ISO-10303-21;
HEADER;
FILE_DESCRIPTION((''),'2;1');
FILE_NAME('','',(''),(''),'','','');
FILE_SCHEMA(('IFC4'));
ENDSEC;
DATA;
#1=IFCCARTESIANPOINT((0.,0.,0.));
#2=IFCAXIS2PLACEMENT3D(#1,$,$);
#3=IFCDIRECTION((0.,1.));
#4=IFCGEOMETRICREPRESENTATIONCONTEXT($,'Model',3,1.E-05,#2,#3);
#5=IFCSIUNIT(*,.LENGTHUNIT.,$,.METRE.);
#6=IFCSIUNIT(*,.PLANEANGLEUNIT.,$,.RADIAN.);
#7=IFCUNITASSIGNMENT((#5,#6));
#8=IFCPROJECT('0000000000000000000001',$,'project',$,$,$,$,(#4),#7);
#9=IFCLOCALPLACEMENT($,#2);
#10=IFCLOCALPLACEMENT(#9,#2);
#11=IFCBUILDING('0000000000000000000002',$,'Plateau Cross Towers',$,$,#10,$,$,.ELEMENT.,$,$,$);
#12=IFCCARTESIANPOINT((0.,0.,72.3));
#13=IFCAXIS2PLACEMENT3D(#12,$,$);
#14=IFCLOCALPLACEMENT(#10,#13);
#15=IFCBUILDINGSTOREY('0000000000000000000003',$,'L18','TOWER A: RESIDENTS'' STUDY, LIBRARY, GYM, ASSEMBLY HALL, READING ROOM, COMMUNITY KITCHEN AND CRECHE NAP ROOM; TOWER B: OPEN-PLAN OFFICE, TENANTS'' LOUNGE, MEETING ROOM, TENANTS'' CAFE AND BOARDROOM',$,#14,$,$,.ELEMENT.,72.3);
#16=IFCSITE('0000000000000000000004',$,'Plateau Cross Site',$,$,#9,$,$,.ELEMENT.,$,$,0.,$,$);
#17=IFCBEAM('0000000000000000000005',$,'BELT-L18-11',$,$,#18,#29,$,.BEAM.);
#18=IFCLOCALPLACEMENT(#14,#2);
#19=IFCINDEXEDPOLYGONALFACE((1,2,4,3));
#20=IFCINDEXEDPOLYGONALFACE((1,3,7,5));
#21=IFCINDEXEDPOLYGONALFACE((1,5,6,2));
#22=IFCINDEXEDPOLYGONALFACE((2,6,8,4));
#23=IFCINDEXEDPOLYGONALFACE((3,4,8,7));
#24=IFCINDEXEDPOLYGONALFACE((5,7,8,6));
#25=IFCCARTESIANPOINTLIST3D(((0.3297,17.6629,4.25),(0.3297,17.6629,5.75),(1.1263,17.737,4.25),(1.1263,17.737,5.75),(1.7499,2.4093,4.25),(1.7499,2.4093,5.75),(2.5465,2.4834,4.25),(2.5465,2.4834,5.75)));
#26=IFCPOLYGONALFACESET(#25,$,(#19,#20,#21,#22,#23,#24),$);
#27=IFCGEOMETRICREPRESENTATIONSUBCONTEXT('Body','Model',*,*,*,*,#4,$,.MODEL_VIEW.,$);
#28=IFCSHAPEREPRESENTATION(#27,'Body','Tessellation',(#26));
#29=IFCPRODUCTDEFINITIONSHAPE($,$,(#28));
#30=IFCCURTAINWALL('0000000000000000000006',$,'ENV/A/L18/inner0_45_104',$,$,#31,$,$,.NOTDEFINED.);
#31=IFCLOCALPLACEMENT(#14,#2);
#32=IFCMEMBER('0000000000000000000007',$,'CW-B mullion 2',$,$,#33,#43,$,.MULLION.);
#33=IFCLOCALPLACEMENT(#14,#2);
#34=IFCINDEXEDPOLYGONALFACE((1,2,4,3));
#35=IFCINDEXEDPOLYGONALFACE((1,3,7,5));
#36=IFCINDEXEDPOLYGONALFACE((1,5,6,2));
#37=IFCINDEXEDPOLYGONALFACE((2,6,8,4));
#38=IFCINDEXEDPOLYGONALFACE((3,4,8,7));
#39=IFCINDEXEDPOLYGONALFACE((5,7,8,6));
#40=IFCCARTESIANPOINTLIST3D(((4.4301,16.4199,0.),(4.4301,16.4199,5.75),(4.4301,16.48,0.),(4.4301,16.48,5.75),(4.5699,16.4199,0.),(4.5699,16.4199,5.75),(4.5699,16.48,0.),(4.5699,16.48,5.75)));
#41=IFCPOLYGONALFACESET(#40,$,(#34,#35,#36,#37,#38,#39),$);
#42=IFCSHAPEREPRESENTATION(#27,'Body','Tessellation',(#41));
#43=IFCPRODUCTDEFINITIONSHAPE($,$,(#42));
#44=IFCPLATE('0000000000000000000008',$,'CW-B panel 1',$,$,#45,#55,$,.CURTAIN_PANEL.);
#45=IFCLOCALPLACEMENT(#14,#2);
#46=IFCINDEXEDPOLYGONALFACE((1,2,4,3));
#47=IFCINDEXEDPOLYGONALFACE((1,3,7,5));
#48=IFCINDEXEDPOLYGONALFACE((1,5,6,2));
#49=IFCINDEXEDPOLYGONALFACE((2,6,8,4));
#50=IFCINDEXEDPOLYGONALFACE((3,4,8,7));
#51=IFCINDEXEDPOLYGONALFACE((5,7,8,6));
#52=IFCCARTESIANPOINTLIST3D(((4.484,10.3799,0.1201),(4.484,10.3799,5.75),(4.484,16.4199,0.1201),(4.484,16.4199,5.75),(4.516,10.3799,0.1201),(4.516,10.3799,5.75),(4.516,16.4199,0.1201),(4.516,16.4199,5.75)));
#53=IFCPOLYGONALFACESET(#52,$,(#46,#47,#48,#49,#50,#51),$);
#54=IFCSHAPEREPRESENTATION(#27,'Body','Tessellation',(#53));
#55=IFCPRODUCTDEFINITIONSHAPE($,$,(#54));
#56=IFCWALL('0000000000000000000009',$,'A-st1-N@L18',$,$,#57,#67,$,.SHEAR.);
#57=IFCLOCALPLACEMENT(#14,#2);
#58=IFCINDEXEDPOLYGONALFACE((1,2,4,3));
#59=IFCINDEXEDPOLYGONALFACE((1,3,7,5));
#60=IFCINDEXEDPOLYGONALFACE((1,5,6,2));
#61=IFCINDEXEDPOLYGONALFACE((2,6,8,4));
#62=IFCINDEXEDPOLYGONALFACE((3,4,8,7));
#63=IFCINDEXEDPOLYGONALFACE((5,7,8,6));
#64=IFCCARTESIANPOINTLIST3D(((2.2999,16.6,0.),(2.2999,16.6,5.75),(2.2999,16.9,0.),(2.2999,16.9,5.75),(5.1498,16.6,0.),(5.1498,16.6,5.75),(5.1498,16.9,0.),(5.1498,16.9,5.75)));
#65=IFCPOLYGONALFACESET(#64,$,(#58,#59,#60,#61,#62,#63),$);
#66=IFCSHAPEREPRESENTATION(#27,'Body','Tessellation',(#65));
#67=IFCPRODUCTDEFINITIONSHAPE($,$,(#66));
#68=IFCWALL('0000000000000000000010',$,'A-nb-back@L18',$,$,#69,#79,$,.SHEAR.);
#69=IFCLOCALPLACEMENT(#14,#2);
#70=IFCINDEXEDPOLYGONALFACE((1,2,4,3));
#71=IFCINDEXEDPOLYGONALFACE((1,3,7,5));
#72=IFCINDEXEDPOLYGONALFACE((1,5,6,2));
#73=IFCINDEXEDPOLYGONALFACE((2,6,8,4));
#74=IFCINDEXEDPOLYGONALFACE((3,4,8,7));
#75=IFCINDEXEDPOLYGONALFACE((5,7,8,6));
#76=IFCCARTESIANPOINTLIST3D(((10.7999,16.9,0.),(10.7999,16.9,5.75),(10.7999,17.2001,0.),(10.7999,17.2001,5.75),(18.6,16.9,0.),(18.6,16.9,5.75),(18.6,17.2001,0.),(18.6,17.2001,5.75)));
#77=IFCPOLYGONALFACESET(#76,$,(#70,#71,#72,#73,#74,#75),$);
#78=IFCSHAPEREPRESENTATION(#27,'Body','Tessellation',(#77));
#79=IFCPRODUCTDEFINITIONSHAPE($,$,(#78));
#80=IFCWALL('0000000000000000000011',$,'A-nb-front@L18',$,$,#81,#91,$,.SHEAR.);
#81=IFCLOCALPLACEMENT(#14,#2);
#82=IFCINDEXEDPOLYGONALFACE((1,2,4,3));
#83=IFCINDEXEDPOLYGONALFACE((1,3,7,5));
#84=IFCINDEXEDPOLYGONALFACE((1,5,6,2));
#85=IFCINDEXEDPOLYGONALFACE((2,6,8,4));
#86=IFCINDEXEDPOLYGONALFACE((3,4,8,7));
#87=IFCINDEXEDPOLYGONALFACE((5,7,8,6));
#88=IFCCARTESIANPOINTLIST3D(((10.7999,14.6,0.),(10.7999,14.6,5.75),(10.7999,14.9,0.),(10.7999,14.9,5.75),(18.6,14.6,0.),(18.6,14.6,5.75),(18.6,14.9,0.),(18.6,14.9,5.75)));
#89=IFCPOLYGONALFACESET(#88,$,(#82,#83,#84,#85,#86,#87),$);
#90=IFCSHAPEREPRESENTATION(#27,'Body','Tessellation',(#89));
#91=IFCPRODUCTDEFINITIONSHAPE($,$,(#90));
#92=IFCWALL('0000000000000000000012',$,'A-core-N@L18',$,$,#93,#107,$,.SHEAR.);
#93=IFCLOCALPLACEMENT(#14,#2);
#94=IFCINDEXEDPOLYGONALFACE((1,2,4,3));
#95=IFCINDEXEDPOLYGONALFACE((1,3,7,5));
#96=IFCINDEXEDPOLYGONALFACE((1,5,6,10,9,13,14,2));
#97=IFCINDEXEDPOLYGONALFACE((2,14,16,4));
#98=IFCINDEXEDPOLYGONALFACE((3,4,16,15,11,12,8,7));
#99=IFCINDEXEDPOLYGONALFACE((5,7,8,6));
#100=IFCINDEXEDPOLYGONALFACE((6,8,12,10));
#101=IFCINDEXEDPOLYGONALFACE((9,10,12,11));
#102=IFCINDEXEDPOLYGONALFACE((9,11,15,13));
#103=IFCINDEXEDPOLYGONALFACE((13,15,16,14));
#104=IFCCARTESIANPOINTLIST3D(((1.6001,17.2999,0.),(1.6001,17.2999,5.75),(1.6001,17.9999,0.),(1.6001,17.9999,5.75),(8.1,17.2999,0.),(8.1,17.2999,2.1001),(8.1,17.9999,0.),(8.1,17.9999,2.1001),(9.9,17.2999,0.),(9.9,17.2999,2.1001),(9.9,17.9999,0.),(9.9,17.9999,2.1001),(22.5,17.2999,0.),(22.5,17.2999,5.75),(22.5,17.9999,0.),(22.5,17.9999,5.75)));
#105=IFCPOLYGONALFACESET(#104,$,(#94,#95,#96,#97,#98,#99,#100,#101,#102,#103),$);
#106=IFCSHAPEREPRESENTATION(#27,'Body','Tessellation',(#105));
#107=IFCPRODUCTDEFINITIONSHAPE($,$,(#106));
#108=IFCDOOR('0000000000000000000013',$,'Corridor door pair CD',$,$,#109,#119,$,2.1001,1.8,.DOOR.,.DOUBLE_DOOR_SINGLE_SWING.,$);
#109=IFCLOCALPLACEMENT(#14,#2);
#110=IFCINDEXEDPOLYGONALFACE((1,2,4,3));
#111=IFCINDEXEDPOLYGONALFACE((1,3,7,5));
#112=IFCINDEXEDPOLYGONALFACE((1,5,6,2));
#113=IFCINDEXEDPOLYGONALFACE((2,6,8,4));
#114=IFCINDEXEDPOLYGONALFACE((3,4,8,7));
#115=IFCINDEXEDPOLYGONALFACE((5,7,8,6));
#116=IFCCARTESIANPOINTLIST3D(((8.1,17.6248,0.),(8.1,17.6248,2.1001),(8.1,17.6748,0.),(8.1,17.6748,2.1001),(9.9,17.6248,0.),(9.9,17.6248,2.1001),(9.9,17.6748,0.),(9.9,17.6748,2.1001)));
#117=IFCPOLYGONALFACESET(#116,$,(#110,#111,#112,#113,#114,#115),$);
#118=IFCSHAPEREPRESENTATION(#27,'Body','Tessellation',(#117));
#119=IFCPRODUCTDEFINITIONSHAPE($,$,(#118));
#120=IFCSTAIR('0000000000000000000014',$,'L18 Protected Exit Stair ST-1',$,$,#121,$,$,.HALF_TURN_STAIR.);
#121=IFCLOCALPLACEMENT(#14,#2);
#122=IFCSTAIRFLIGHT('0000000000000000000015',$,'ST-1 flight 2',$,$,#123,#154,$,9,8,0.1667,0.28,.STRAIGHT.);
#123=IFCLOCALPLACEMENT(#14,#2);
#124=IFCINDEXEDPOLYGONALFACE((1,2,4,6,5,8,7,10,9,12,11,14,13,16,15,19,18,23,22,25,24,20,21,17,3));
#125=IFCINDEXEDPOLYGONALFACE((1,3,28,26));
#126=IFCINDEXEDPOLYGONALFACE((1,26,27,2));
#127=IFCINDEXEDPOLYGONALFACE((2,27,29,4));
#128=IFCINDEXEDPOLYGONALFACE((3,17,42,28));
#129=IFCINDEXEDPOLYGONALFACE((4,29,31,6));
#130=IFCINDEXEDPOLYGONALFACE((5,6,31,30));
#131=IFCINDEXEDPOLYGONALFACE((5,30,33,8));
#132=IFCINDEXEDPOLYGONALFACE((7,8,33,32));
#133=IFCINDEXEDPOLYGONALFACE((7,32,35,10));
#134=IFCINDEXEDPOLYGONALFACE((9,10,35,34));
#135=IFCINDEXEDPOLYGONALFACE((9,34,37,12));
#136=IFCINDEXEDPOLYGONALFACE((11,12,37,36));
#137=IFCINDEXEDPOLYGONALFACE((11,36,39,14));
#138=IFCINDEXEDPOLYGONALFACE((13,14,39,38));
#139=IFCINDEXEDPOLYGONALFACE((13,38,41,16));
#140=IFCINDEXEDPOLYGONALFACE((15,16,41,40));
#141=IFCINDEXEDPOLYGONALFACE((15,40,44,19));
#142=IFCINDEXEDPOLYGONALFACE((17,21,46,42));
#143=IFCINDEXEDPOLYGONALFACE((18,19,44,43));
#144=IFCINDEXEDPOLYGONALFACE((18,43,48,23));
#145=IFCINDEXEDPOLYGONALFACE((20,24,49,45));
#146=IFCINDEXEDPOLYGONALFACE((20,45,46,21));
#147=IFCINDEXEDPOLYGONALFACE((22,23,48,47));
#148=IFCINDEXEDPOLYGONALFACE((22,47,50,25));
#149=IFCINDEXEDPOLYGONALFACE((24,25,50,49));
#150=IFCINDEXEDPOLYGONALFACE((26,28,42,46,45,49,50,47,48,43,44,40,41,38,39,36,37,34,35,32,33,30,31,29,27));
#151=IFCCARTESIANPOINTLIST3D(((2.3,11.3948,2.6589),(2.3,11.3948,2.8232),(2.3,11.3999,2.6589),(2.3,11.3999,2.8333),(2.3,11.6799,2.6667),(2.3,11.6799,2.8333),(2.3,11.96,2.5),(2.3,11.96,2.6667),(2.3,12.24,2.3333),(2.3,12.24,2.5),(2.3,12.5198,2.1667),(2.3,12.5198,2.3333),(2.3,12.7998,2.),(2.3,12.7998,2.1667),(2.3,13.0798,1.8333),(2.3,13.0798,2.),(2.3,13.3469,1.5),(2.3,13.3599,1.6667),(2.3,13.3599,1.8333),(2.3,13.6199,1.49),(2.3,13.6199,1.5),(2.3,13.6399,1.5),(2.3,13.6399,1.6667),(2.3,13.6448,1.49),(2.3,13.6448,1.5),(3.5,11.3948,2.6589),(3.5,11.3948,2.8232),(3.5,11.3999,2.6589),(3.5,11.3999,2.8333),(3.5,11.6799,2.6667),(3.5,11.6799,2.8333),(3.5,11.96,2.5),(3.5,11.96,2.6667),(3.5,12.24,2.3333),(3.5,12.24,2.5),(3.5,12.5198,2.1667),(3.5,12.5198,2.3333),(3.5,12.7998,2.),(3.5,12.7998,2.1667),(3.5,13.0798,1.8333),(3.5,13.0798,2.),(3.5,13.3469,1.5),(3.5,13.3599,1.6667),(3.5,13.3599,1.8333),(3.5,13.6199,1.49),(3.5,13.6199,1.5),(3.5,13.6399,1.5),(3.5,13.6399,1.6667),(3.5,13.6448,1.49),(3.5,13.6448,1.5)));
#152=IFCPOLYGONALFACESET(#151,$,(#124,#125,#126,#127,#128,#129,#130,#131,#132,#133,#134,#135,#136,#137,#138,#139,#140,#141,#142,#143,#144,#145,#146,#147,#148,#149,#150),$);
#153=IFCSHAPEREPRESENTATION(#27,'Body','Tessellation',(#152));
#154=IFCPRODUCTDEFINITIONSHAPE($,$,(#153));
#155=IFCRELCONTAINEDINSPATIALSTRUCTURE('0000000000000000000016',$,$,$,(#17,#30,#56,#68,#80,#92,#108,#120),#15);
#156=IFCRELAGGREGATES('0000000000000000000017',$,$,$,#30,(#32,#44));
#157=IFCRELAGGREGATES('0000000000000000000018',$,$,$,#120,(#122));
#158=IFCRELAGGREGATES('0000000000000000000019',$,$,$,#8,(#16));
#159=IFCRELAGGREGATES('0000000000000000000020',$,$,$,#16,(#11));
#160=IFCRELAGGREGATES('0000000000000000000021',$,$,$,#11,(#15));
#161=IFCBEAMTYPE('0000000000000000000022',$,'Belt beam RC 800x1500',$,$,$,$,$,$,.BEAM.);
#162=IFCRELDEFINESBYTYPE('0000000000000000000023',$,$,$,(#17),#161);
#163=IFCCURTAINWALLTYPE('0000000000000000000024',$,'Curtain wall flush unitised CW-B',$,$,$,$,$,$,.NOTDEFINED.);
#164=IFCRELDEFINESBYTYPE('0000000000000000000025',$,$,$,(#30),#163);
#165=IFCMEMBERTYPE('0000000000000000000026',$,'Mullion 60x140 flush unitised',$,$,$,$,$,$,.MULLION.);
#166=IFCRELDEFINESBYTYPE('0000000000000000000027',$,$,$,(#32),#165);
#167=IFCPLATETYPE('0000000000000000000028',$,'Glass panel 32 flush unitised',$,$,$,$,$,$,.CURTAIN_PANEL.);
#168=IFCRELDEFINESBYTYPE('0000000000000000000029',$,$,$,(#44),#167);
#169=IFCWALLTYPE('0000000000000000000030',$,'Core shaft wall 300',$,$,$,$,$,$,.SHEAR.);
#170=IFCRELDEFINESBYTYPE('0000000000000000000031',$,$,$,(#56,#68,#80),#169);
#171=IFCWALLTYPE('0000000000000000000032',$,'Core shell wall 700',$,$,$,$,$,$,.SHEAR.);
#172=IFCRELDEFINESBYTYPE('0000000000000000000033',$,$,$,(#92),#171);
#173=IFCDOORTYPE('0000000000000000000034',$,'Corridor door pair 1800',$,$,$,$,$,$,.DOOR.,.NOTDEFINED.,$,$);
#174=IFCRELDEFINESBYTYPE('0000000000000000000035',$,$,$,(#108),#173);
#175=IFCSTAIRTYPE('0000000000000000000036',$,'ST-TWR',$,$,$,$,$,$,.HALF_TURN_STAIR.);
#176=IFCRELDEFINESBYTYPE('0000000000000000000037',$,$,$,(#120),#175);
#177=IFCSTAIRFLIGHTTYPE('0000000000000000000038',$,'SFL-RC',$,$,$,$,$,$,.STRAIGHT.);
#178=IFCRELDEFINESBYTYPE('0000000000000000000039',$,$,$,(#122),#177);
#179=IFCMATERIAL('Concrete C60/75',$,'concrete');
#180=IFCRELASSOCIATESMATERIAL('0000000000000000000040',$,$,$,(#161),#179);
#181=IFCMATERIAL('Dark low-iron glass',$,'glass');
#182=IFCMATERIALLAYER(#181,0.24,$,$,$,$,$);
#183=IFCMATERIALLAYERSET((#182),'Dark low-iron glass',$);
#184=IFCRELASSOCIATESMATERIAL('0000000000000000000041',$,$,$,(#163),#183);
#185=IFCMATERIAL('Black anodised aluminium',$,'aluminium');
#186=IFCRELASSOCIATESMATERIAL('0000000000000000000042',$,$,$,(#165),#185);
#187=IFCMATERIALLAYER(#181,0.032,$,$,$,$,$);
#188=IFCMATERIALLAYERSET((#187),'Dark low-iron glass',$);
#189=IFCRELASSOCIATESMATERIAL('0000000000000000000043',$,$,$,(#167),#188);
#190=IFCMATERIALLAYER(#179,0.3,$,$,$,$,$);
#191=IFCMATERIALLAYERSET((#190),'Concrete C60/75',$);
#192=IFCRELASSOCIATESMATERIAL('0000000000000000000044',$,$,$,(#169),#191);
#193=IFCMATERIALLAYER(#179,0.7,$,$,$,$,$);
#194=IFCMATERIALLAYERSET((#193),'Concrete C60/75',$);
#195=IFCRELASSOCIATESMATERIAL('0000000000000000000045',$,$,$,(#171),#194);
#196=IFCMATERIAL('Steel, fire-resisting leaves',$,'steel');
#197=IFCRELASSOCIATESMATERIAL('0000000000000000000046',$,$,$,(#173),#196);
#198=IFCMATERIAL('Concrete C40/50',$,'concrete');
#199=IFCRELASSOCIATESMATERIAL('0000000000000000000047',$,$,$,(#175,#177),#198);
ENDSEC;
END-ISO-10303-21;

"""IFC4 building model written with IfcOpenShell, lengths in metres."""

from ifc_helpers import new_model, si_unit, direction, frame, frame_2d, origin, origin_2d, place, context, subcontext, project, spatial, polyline, rectangle, outline, extrude, material, layer, layer_set, material_profile, profile_set, type_object, element, fill, aggregate, save


model = new_model("IFC4")

# Units and contexts
model_context = context("Model", 3, precision=1e-05, world=origin(), true_north=direction((0.0, 1.0)))
body_context = subcontext(model_context, "Body", "Model", "MODEL_VIEW")
ifc_project = project(units=[si_unit("LENGTHUNIT", "METRE"), si_unit("PLANEANGLEUNIT", "RADIAN")], contexts=[model_context])

# Site, building, storey
site_placement = place(None, origin())
site = spatial("IfcSite", under=ifc_project, at=site_placement, Name="Plateau Cross Site", CompositionType="ELEMENT", RefElevation=0.0)
building_placement = place(site_placement, origin())
building = spatial("IfcBuilding", under=site, at=building_placement, Name="Plateau Cross Towers", CompositionType="ELEMENT")
storey_placement = place(building_placement, frame((0.0, 0.0, 72.3)))
storey = spatial("IfcBuildingStorey", under=building, at=storey_placement, Name="L18", Description="TOWER A: RESIDENTS' STUDY, LIBRARY, GYM, ASSEMBLY HALL, READING ROOM, COMMUNITY KITCHEN AND CRECHE NAP ROOM; TOWER B: OPEN-PLAN OFFICE, TENANTS' LOUNGE, MEETING ROOM, TENANTS' CAFE AND BOARDROOM", CompositionType="ELEMENT", Elevation=72.3)

# Beam
ifc_material_1 = material(Name="Concrete C60/75", Category="concrete")
ifc_material_profile_1 = material_profile(ifc_material_1, rectangle(XDim=0.8, YDim=1.5, at=origin_2d()), Name="RC 800x1500")
ifc_profile_set_1 = profile_set([ifc_material_profile_1], Name="Concrete C60/75")
beam_type = type_object("IfcBeamType", Name="Belt beam RC 800x1500", PredefinedType="BEAM", material=ifc_profile_set_1)
beam_placement = place(storey_placement, frame((0.728, 17.7, 5.0), z_axis=(0.092702, -0.995694, 0.0), x_axis=(0.995694, 0.092702, 0.0)))
element("IfcBeam", 1, at=beam_placement, inside=storey, type_object=beam_type, Name="BELT-L18-11", PredefinedType="BEAM", context=body_context, shape_type="SweptSolid", body=[
    extrude(rectangle(XDim=0.8, YDim=1.5, at=origin_2d()), origin(), (0.0, 0.0, 1.0), 15.3196),
])

# Curtain wall, member, plate
ifc_material_2 = material(Name="Dark low-iron glass", Category="glass")
ifc_layer_1 = layer(ifc_material_2, 0.24)
ifc_layer_set_1 = layer_set([ifc_layer_1], Name="Dark low-iron glass")
curtain_wall_type = type_object("IfcCurtainWallType", Name="Curtain wall flush unitised CW-B", PredefinedType="NOTDEFINED", material=ifc_layer_set_1)
curtain_wall_placement = place(storey_placement, origin())
curtain_wall = element("IfcCurtainWall", 2, at=curtain_wall_placement, inside=storey, type_object=curtain_wall_type, Name="ENV/A/L18/inner0_45_104", PredefinedType="NOTDEFINED")
ifc_material_3 = material(Name="Black anodised aluminium", Category="aluminium")
ifc_material_profile_2 = material_profile(ifc_material_3, rectangle(XDim=0.0601, YDim=0.1399, at=origin_2d()), Name="MULLION 60x140")
ifc_profile_set_2 = profile_set([ifc_material_profile_2], Name="Black anodised aluminium")
member_type = type_object("IfcMemberType", Name="Mullion 60x140 flush unitised", PredefinedType="MULLION", material=ifc_profile_set_2)
member_placement = place(storey_placement, frame((4.5, 16.45, 0.0), z_axis=(0.0, 0.0, 1.0), x_axis=(0.0, 1.0, 0.0)))
member = element("IfcMember", 3, at=member_placement, type_object=member_type, Name="CW-B mullion 2", PredefinedType="MULLION", context=body_context, shape_type="SweptSolid", body=[
    extrude(rectangle(XDim=0.0601, YDim=0.1399, at=origin_2d()), origin(), (0.0, 0.0, 1.0), 5.75),
])
ifc_layer_2 = layer(ifc_material_2, 0.032)
ifc_layer_set_2 = layer_set([ifc_layer_2], Name="Dark low-iron glass")
plate_type = type_object("IfcPlateType", Name="Glass panel 32 flush unitised", PredefinedType="CURTAIN_PANEL", material=ifc_layer_set_2)
plate_placement = place(storey_placement, frame((4.5, 13.3999, 0.1201), z_axis=(0.0, 0.0, 1.0), x_axis=(0.0, 1.0, 0.0)))
plate = element("IfcPlate", 4, at=plate_placement, type_object=plate_type, Name="CW-B panel 1", PredefinedType="CURTAIN_PANEL", context=body_context, shape_type="SweptSolid", body=[
    extrude(rectangle(XDim=6.04, YDim=0.032, at=origin_2d()), origin(), (0.0, 0.0, 1.0), 5.6299),
])
aggregate(curtain_wall, [member, plate])

# Walls
ifc_layer_3 = layer(ifc_material_1, 0.3)
ifc_layer_set_3 = layer_set([ifc_layer_3], Name="Concrete C60/75")
wall_type_1 = type_object("IfcWallType", Name="Core shaft wall 300", PredefinedType="SHEAR", material=ifc_layer_set_3)
wall_1_placement = place(storey_placement, frame((2.3, 16.75, 0.0), z_axis=(0.0, 0.0, 1.0), x_axis=(1.0, 0.0, 0.0)))
element("IfcWall", 5, at=wall_1_placement, inside=storey, type_object=wall_type_1, Name="A-st1-N@L18", PredefinedType="SHEAR", context=body_context, shape_type="SweptSolid", body=[
    extrude(rectangle(XDim=2.8499, YDim=0.3, at=frame_2d((1.4248, 0.0))), origin(), (0.0, 0.0, 1.0), 5.75),
])
for number, where, z_axis, x_axis, name in (
    (6, (10.8, 17.05, 0.0), (0.0, 0.0, 1.0), (1.0, 0.0, 0.0), "A-nb-back@L18"),
    (7, (10.8, 14.75, 0.0), (0.0, 0.0, 1.0), (1.0, 0.0, 0.0), "A-nb-front@L18"),
):
    element("IfcWall", number, at=place(storey_placement, frame(where, z_axis=z_axis, x_axis=x_axis)), inside=storey, type_object=wall_type_1, Name=name, PredefinedType="SHEAR", context=body_context, shape_type="SweptSolid", body=[
        extrude(rectangle(XDim=7.8, YDim=0.3, at=frame_2d((3.8999, 0.0))), origin(), (0.0, 0.0, 1.0), 5.75),
    ])

# Wall, opening, door
ifc_layer_4 = layer(ifc_material_1, 0.7)
ifc_layer_set_4 = layer_set([ifc_layer_4], Name="Concrete C60/75")
wall_type_2 = type_object("IfcWallType", Name="Core shell wall 700", PredefinedType="SHEAR", material=ifc_layer_set_4)
wall_2_placement = place(storey_placement, frame((1.6001, 17.6499, 0.0), z_axis=(0.0, 0.0, 1.0), x_axis=(1.0, 0.0, 0.0)))
wall_2 = element("IfcWall", 8, at=wall_2_placement, inside=storey, type_object=wall_type_2, Name="A-core-N@L18", PredefinedType="SHEAR", context=body_context, shape_type="SweptSolid", body=[
    extrude(rectangle(XDim=20.8999, YDim=0.7, at=frame_2d((10.45, 0.0))), origin(), (0.0, 0.0, 1.0), 5.75),
])
opening_placement = place(wall_2_placement, frame((6.5, 0.0, 0.0)))
opening = element("IfcOpeningElement", 9, at=opening_placement, cuts=wall_2, PredefinedType="OPENING", context=body_context, shape_type="SweptSolid", body=[
    extrude(rectangle(XDim=1.8, YDim=2.1001, at=frame_2d((0.8999, 1.05))), frame((0.0, 0.3599, 0.0), z_axis=(0.0, -1.0, 0.0), x_axis=(1.0, 0.0, 0.0)), (0.0, 0.0, 1.0), 0.72),
])
ifc_material_4 = material(Name="Steel, fire-resisting leaves", Category="steel")
door_type = type_object("IfcDoorType", Name="Corridor door pair 1800", OperationType="NOTDEFINED", PredefinedType="DOOR", material=ifc_material_4)
door_placement = place(opening_placement, origin())
door = element("IfcDoor", 10, at=door_placement, inside=storey, type_object=door_type, Name="Corridor door pair CD", OperationType="DOUBLE_DOOR_SINGLE_SWING", OverallHeight=2.1001, OverallWidth=1.8, PredefinedType="DOOR", context=body_context, shape_type="SweptSolid", body=[
    extrude(rectangle(XDim=1.8, YDim=2.1001, at=frame_2d((0.8999, 1.05))), frame((0.0, 0.0249, 0.0), z_axis=(0.0, -1.0, 0.0), x_axis=(1.0, 0.0, 0.0)), (0.0, 0.0, 1.0), 0.05),
])
fill(opening, door)

# Stair, stair flight
ifc_material_5 = material(Name="Concrete C40/50", Category="concrete")
stair_type = type_object("IfcStairType", Name="ST-TWR", PredefinedType="HALF_TURN_STAIR", material=ifc_material_5)
stair_placement = place(storey_placement, origin())
stair = element("IfcStair", 11, at=stair_placement, inside=storey, type_object=stair_type, Name="L18 Protected Exit Stair ST-1", PredefinedType="HALF_TURN_STAIR")
stair_flight_type = type_object("IfcStairFlightType", Name="SFL-RC", PredefinedType="STRAIGHT", material=ifc_material_5)
stair_flight_1_placement = place(storey_placement, frame((2.8999, 13.6399, 1.5), z_axis=(0.0, 0.0, 1.0), x_axis=(0.0, -1.0, 0.0)))
stair_flight_1 = element("IfcStairFlight", 12, at=stair_flight_1_placement, type_object=stair_flight_type, Name="ST-1 flight 2", NumberOfRisers=9, NumberOfTreads=8, PredefinedType="STRAIGHT", RiserHeight=0.1667, TreadLength=0.28, context=body_context, shape_type="SweptSolid", body=[
    extrude(outline(polyline([(-0.0049, -0.01), (-0.0049, 0.0), (0.0, 0.0), (0.0, 0.1667), (0.28, 0.1667), (0.28, 0.3333), (0.5601, 0.3333), (0.5601, 0.5), (0.8401, 0.5), (0.8401, 0.6667), (1.1201, 0.6667), (1.1201, 0.8333), (1.3999, 0.8333), (1.3999, 1.0), (1.6799, 1.0), (1.6799, 1.1667), (1.96, 1.1667), (1.96, 1.3333), (2.24, 1.3333), (2.2451, 1.3232), (2.2451, 1.1589), (2.24, 1.1589), (0.293, 0.0), (0.02, 0.0), (0.02, -0.01), (-0.0049, -0.01)])), frame((0.0, 0.6001, 0.0), z_axis=(0.0, -1.0, 0.0), x_axis=(1.0, 0.0, 0.0)), (0.0, 0.0, 1.0), 1.2),
])
aggregate(stair, [stair_flight_1])

save(model, "model.ifc")
